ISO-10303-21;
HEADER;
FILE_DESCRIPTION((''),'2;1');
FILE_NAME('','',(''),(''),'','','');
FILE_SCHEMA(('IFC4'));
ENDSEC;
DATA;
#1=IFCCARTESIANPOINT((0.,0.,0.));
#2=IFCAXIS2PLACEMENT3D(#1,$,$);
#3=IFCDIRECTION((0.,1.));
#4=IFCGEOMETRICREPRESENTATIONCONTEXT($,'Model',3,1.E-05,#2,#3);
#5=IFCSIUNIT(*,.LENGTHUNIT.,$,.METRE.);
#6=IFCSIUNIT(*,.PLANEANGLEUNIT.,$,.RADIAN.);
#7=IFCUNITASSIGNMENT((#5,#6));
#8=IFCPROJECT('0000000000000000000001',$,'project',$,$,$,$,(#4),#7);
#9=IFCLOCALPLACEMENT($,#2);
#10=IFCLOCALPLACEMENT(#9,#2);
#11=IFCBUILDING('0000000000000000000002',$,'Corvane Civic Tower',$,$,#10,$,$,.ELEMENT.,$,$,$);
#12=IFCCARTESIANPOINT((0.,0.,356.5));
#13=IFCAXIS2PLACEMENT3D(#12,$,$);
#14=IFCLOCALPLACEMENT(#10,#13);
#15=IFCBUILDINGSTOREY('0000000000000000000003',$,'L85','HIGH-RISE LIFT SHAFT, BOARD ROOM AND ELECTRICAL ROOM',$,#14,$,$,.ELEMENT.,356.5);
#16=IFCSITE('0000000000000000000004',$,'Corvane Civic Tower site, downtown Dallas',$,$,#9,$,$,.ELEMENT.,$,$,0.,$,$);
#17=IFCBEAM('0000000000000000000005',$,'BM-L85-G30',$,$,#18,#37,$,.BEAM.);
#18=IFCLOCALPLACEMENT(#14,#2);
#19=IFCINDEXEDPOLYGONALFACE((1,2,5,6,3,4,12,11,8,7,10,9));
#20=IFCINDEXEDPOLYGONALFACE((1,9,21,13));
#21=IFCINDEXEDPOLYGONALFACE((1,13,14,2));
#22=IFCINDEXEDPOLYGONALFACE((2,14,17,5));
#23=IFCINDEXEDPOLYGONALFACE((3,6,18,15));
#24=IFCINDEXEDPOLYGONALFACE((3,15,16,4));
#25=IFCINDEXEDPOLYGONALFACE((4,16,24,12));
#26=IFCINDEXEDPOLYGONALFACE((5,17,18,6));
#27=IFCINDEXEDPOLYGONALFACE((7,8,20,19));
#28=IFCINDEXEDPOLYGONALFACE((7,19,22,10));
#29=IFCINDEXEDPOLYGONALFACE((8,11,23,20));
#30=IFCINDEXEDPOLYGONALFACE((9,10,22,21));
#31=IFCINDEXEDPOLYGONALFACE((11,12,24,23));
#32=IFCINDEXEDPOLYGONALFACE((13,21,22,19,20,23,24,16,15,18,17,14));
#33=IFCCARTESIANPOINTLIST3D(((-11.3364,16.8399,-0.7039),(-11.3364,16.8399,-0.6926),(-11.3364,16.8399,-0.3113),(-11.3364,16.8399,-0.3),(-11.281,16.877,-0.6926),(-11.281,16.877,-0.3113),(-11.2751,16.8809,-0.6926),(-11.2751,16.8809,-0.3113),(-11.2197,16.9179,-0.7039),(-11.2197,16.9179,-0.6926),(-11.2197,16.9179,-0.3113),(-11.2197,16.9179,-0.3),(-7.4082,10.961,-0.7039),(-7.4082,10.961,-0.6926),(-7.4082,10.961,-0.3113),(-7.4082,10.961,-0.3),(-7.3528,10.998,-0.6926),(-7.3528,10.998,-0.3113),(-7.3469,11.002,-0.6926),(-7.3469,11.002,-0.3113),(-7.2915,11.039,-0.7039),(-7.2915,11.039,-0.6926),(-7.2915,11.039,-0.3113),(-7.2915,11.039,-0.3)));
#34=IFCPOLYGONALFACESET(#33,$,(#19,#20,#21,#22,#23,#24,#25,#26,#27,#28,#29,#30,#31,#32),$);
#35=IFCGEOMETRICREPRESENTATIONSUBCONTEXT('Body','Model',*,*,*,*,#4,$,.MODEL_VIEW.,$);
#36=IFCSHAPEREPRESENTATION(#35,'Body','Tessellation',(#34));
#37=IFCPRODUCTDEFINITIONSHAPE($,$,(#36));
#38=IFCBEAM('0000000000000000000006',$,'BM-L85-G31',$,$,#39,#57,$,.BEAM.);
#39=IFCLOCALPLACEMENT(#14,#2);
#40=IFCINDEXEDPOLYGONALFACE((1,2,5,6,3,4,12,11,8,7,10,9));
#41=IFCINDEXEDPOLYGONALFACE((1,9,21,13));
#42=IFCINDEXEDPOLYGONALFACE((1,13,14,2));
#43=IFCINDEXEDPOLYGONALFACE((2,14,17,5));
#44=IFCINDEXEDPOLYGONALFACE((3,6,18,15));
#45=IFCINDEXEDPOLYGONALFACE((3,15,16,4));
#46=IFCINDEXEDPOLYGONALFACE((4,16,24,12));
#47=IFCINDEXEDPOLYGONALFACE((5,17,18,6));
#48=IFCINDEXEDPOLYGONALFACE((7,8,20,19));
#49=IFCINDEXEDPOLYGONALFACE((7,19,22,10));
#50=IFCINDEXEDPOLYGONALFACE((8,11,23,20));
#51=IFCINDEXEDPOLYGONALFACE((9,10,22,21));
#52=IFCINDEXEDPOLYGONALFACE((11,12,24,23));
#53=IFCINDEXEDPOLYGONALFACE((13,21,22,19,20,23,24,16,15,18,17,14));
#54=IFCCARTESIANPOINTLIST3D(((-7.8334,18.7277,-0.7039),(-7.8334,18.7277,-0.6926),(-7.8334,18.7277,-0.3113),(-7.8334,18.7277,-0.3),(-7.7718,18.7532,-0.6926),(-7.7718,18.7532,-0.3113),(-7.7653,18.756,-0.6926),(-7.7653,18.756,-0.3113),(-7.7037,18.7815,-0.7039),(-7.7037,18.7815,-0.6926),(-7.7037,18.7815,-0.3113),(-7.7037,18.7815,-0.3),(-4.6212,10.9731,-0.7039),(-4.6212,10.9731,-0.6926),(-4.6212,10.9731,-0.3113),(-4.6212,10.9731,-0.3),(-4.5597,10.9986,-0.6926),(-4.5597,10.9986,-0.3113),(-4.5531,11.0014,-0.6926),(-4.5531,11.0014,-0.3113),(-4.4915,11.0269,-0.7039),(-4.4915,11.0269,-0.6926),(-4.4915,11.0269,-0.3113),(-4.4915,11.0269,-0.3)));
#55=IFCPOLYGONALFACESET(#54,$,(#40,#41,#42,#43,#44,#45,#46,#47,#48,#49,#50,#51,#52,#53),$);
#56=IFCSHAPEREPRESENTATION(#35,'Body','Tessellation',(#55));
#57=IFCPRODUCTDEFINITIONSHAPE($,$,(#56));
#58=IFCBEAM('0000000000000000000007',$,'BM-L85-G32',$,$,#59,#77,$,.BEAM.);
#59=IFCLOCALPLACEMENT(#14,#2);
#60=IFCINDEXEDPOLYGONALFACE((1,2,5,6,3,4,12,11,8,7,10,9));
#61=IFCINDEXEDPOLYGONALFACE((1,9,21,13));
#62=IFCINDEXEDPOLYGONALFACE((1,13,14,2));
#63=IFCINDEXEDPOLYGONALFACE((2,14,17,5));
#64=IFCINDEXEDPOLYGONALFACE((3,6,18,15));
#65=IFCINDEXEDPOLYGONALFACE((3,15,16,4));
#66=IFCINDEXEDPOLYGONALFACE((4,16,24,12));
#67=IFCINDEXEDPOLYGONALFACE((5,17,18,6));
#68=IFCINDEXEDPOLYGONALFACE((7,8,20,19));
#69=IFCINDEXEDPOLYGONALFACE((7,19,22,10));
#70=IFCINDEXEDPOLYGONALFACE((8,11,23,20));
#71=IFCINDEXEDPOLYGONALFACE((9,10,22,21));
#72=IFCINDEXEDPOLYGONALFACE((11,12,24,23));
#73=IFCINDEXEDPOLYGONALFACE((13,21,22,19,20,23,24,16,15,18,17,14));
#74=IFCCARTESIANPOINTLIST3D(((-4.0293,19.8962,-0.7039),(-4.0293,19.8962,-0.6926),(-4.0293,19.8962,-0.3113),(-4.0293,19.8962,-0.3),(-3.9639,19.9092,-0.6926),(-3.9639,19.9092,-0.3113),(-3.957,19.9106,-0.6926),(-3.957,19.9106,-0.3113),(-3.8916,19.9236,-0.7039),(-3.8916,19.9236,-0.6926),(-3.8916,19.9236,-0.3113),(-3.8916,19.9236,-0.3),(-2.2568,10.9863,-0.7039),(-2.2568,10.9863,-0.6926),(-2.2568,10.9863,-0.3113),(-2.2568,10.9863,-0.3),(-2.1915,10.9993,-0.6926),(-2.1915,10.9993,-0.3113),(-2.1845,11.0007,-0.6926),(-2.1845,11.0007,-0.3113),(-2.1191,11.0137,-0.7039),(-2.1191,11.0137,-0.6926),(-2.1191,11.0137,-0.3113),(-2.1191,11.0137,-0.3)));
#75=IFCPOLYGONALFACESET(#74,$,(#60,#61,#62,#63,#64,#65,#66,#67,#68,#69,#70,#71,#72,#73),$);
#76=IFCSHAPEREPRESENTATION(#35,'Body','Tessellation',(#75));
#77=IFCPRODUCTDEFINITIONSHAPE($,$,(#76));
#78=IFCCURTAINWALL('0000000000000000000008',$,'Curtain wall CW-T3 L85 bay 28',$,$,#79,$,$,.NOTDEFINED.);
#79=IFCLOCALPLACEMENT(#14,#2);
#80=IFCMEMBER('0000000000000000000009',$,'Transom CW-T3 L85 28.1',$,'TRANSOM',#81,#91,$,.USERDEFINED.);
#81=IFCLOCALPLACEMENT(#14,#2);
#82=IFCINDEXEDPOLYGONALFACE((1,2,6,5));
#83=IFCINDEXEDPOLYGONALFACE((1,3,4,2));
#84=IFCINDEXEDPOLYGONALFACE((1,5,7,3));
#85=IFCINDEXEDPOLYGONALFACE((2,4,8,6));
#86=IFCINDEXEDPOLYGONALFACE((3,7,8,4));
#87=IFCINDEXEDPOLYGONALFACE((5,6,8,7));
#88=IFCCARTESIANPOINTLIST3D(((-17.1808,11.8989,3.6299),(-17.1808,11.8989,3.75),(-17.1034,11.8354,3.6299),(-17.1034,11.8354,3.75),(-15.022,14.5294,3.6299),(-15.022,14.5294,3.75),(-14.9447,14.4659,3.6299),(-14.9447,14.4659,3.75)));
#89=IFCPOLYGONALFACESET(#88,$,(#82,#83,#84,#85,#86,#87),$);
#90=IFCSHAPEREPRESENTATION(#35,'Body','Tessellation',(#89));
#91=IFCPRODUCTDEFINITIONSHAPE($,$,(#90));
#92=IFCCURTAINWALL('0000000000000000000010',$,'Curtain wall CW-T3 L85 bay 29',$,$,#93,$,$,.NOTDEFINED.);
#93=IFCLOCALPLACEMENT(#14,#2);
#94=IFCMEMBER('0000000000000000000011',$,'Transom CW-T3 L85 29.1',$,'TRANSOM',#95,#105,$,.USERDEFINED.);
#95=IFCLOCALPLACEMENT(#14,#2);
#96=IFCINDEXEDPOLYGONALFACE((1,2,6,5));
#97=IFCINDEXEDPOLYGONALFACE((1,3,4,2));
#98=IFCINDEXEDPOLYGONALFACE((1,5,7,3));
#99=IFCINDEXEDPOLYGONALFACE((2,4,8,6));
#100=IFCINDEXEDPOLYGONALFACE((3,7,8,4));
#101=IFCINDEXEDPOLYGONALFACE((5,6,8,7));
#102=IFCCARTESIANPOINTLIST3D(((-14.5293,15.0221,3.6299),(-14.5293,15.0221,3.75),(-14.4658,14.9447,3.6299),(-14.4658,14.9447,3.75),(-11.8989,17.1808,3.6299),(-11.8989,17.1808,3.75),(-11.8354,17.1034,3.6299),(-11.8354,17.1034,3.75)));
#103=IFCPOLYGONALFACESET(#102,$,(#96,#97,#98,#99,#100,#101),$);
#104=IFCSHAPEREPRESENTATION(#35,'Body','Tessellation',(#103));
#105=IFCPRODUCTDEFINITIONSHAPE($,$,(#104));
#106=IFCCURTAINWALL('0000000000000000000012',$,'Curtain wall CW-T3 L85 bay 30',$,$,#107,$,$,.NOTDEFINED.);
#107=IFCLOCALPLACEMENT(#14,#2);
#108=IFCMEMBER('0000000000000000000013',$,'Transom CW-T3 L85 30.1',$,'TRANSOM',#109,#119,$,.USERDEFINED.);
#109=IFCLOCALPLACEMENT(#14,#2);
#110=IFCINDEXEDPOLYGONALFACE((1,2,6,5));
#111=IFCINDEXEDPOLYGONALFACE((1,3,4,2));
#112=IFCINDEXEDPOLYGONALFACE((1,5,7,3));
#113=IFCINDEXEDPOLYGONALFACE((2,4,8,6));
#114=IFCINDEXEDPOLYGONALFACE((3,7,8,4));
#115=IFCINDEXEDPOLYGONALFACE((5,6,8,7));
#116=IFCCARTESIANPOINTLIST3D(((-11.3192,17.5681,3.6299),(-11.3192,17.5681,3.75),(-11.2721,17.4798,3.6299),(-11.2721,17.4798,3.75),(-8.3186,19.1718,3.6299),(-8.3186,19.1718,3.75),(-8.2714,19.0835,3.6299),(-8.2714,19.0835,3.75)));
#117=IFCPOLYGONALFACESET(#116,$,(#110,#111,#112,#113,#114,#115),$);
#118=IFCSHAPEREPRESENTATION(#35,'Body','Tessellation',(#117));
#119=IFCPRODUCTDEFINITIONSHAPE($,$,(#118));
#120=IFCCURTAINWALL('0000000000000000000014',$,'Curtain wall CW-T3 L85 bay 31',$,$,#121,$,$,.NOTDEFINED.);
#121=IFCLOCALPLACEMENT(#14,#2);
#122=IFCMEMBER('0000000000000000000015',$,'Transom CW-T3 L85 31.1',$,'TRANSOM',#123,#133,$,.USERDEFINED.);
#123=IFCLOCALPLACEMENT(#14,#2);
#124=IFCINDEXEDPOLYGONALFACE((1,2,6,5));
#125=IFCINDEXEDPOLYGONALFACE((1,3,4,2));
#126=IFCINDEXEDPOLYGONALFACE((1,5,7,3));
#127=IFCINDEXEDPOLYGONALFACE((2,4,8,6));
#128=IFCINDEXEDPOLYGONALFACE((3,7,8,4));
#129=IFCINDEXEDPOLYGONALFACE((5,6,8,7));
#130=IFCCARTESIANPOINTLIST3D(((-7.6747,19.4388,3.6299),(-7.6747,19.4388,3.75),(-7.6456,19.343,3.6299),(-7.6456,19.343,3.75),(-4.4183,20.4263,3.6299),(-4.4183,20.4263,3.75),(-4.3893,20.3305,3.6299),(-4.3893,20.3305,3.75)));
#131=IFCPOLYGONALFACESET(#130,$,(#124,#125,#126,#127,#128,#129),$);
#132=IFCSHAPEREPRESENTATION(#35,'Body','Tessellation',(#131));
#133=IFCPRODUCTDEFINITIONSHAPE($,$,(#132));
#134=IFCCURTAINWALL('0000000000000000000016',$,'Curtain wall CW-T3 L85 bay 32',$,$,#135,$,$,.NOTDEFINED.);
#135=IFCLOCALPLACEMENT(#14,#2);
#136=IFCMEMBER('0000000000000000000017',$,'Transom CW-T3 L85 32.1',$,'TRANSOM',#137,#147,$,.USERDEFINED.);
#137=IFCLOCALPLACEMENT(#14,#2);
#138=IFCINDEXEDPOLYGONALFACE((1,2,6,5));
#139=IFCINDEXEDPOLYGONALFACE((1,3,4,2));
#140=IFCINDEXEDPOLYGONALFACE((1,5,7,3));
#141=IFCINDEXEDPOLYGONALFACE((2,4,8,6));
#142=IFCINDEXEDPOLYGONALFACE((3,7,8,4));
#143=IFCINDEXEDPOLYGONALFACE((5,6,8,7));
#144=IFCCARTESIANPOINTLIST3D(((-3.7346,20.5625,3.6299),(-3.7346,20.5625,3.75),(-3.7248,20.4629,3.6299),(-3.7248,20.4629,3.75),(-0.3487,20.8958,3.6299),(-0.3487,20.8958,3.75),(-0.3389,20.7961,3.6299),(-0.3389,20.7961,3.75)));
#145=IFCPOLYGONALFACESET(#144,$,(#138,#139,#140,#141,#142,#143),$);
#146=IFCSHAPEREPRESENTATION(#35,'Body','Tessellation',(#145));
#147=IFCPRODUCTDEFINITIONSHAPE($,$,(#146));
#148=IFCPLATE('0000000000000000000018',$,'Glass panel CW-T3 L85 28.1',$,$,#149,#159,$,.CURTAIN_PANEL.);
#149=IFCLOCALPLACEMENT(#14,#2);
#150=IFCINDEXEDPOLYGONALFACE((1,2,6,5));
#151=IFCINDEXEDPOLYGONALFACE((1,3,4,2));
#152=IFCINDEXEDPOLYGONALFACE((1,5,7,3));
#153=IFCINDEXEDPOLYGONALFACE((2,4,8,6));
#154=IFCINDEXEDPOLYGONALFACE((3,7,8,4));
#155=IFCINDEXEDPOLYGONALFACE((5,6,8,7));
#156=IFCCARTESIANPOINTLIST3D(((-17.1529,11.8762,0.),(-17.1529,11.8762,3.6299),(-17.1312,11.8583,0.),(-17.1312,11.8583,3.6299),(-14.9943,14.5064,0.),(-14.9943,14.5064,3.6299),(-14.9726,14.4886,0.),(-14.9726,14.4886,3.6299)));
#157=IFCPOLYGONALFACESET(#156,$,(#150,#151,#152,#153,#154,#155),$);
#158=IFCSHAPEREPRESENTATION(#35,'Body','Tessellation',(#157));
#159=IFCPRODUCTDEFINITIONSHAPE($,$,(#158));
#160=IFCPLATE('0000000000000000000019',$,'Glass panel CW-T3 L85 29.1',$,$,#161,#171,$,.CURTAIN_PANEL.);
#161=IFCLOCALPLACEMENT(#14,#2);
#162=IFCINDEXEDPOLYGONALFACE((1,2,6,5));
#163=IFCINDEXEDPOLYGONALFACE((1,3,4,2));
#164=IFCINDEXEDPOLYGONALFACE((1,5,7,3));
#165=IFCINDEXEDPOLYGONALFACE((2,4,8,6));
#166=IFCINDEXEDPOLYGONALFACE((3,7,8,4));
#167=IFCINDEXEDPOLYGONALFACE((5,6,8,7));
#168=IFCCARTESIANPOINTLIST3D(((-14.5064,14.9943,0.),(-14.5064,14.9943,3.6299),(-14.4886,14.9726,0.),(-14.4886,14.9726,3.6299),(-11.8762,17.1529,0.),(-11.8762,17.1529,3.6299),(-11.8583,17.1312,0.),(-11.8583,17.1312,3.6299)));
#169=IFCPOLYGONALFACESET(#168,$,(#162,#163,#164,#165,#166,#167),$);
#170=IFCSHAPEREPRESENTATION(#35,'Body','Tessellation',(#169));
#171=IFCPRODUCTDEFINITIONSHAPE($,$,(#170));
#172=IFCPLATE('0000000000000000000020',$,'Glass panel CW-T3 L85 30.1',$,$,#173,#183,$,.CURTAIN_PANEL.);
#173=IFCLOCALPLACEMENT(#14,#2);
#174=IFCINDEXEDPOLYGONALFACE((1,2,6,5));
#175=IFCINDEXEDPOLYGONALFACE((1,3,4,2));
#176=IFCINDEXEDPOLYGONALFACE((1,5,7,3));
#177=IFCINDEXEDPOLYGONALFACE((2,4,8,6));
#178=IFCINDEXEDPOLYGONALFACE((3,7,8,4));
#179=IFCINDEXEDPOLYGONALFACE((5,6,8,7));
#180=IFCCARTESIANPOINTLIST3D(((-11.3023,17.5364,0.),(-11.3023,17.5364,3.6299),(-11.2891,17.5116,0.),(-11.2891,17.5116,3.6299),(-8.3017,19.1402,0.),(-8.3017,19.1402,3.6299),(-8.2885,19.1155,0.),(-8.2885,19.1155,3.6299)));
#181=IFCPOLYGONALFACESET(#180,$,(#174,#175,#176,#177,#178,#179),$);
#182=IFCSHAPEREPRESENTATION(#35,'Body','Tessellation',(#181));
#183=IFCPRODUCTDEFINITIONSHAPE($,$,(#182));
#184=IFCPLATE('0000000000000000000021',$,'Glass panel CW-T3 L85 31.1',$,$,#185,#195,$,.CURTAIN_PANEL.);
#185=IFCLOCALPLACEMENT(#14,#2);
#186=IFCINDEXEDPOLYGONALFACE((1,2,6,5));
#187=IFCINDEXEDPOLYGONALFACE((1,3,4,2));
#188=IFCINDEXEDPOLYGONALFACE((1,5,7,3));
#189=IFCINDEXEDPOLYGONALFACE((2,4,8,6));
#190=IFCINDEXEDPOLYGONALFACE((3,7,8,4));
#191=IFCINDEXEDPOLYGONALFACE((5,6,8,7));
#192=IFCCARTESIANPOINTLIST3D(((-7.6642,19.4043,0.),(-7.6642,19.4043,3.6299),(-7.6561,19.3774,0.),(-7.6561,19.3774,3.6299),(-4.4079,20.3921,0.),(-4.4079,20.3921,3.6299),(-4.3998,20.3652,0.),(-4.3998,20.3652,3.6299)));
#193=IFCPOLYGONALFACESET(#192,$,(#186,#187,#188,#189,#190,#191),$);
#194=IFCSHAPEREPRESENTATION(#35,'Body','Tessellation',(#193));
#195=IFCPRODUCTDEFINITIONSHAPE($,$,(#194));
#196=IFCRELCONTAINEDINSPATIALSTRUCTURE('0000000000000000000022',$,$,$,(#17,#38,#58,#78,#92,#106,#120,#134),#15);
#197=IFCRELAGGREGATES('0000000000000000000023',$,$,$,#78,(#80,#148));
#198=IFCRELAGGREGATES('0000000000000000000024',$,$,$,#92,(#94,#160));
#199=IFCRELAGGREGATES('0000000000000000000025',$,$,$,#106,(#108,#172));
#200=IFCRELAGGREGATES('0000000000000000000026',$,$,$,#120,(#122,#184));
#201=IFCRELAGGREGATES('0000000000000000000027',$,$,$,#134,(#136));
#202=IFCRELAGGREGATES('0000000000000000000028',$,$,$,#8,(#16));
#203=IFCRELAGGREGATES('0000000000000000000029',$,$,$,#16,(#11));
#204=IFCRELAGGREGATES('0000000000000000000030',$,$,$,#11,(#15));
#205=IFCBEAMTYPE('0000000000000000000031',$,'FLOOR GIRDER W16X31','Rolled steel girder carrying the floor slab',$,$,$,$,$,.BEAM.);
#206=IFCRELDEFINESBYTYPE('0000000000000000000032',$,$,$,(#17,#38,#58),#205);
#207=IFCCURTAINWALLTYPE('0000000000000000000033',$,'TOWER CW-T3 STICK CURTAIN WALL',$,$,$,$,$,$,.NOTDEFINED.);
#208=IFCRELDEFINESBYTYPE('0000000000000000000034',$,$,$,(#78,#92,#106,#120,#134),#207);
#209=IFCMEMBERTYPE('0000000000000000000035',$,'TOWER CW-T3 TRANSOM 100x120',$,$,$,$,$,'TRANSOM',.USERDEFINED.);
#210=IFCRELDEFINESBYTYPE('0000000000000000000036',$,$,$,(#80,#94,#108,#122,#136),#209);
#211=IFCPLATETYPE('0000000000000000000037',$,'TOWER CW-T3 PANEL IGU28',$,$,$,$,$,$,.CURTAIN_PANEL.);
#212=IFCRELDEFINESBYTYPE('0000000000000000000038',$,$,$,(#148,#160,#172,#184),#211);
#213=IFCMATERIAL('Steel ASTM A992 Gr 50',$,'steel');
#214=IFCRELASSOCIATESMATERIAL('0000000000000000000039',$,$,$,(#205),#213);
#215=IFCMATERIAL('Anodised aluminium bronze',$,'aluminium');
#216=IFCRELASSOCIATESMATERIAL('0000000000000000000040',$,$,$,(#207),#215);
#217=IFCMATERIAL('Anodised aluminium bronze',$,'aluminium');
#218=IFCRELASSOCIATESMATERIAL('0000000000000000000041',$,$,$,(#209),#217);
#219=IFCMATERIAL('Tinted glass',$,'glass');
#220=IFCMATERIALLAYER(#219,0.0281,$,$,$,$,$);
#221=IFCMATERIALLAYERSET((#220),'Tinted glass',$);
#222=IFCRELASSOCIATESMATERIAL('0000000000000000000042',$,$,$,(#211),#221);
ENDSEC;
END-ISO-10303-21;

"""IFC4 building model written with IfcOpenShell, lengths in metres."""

from ifc_helpers import new_model, si_unit, direction, frame, origin, origin_2d, place, context, subcontext, project, spatial, rectangle, i_section, extrude, material, layer, layer_set, material_profile, profile_set, type_object, element, aggregate, save


model = new_model("IFC4")

# Units and contexts
model_context = context("Model", 3, precision=1e-05, world=origin(), true_north=direction((0.0, 1.0)))
body_context = subcontext(model_context, "Body", "Model", "MODEL_VIEW")
ifc_project = project(units=[si_unit("LENGTHUNIT", "METRE"), si_unit("PLANEANGLEUNIT", "RADIAN")], contexts=[model_context])

# Site, building, storey
site_placement = place(None, origin())
site = spatial("IfcSite", under=ifc_project, at=site_placement, Name="Corvane Civic Tower site, downtown Dallas", CompositionType="ELEMENT", RefElevation=0.0)
building_placement = place(site_placement, origin())
building = spatial("IfcBuilding", under=site, at=building_placement, Name="Corvane Civic Tower", CompositionType="ELEMENT")
storey_placement = place(building_placement, frame((0.0, 0.0, 356.5)))
storey = spatial("IfcBuildingStorey", under=building, at=storey_placement, Name="L85", Description="HIGH-RISE LIFT SHAFT, BOARD ROOM AND ELECTRICAL ROOM", CompositionType="ELEMENT", Elevation=356.5)

# Beams
ifc_material_1 = material(Name="Steel ASTM A992 Gr 50", Category="steel")
ifc_material_profile_1 = material_profile(ifc_material_1, i_section(OverallWidth=0.1404, OverallDepth=0.4038, WebThickness=0.0071, FlangeThickness=0.0112, at=origin_2d()), Name="W16X31")
ifc_profile_set_1 = profile_set([ifc_material_profile_1], Name="Steel ASTM A992 Gr 50")
beam_type_1 = type_object("IfcBeamType", Name="FLOOR GIRDER W16X31", Description="Rolled steel girder carrying the floor slab", PredefinedType="BEAM", material=ifc_profile_set_1)
beam_1_placement = place(storey_placement, frame((-7.3499, 11.0, -0.502), z_axis=(-0.555576, 0.831465, 0.0), x_axis=(-0.831465, -0.555576, 0.0)))
element("IfcBeam", 1, at=beam_1_placement, inside=storey, type_object=beam_type_1, Name="BM-L85-G30", PredefinedType="BEAM", context=body_context, shape_type="SweptSolid", body=[
    extrude(i_section(OverallWidth=0.1404, OverallDepth=0.4038, WebThickness=0.0071, FlangeThickness=0.0112, at=origin_2d()), origin(), (0.0, 0.0, 1.0), 7.0706),
])
beam_2_placement = place(storey_placement, frame((-4.5564, 11.0, -0.502), z_axis=(-0.382692, 0.923876, 0.0), x_axis=(-0.923876, -0.382692, 0.0)))
element("IfcBeam", 2, at=beam_2_placement, inside=storey, type_object=beam_type_1, Name="BM-L85-G31", PredefinedType="BEAM", context=body_context, shape_type="SweptSolid", body=[
    extrude(i_section(OverallWidth=0.1404, OverallDepth=0.4038, WebThickness=0.0071, FlangeThickness=0.0112, at=origin_2d()), origin(), (0.0, 0.0, 1.0), 8.3936),
])
beam_3_placement = place(storey_placement, frame((-2.188, 11.0, -0.502), z_axis=(-0.195108, 0.980782, 0.0), x_axis=(-0.980782, -0.195108, 0.0)))
element("IfcBeam", 3, at=beam_3_placement, inside=storey, type_object=beam_type_1, Name="BM-L85-G32", PredefinedType="BEAM", context=body_context, shape_type="SweptSolid", body=[
    extrude(i_section(OverallWidth=0.1404, OverallDepth=0.4038, WebThickness=0.0071, FlangeThickness=0.0112, at=origin_2d()), origin(), (0.0, 0.0, 1.0), 9.0845),
])

# Curtain walls, members
ifc_material_2 = material(Name="Anodised aluminium bronze", Category="aluminium")
curtain_wall_type = type_object("IfcCurtainWallType", Name="TOWER CW-T3 STICK CURTAIN WALL", PredefinedType="NOTDEFINED", material=ifc_material_2)
curtain_wall_1_placement = place(storey_placement, origin())
curtain_wall_1 = element("IfcCurtainWall", 4, at=curtain_wall_1_placement, inside=storey, type_object=curtain_wall_type, Name="Curtain wall CW-T3 L85 bay 28", PredefinedType="NOTDEFINED")
ifc_material_3 = material(Name="Anodised aluminium bronze", Category="aluminium")
ifc_material_profile_2 = material_profile(ifc_material_3, rectangle(XDim=0.1001, YDim=0.1201, at=origin_2d()), Name="TOWER CW-T3 TRANSOM 100x120")
ifc_profile_set_2 = profile_set([ifc_material_profile_2], Name="Anodised aluminium bronze")
member_type = type_object("IfcMemberType", Name="TOWER CW-T3 TRANSOM 100x120", ElementType="TRANSOM", PredefinedType="USERDEFINED", material=ifc_profile_set_2)
member_1_placement = place(storey_placement, frame((-17.1421, 11.8672, 3.6899), z_axis=(0.634394, 0.77301, 0.0), x_axis=(-0.77301, 0.634394, 0.0)))
member_1 = element("IfcMember", 5, at=member_1_placement, type_object=member_type, Name="Transom CW-T3 L85 28.1", ObjectType="TRANSOM", PredefinedType="USERDEFINED", context=body_context, shape_type="SweptSolid", body=[
    extrude(rectangle(XDim=0.1001, YDim=0.1201, at=origin_2d()), origin(), (0.0, 0.0, 1.0), 3.4028),
])
curtain_wall_2_placement = place(storey_placement, origin())
curtain_wall_2 = element("IfcCurtainWall", 6, at=curtain_wall_2_placement, inside=storey, type_object=curtain_wall_type, Name="Curtain wall CW-T3 L85 bay 29", PredefinedType="NOTDEFINED")
member_2_placement = place(storey_placement, frame((-14.4976, 14.9834, 3.6899), z_axis=(0.77301, 0.634394, 0.0), x_axis=(-0.634394, 0.77301, 0.0)))
member_2 = element("IfcMember", 7, at=member_2_placement, type_object=member_type, Name="Transom CW-T3 L85 29.1", ObjectType="TRANSOM", PredefinedType="USERDEFINED", context=body_context, shape_type="SweptSolid", body=[
    extrude(rectangle(XDim=0.1001, YDim=0.1201, at=origin_2d()), origin(), (0.0, 0.0, 1.0), 3.4028),
])
curtain_wall_3_placement = place(storey_placement, origin())
curtain_wall_3 = element("IfcCurtainWall", 8, at=curtain_wall_3_placement, inside=storey, type_object=curtain_wall_type, Name="Curtain wall CW-T3 L85 bay 30", PredefinedType="NOTDEFINED")
member_3_placement = place(storey_placement, frame((-11.2957, 17.5239, 3.6899), z_axis=(0.881941, 0.471359, 0.0), x_axis=(-0.471359, 0.881941, 0.0)))
member_3 = element("IfcMember", 9, at=member_3_placement, type_object=member_type, Name="Transom CW-T3 L85 30.1", ObjectType="TRANSOM", PredefinedType="USERDEFINED", context=body_context, shape_type="SweptSolid", body=[
    extrude(rectangle(XDim=0.1001, YDim=0.1201, at=origin_2d()), origin(), (0.0, 0.0, 1.0), 3.4023),
])
curtain_wall_4_placement = place(storey_placement, origin())
curtain_wall_4 = element("IfcCurtainWall", 10, at=curtain_wall_4_placement, inside=storey, type_object=curtain_wall_type, Name="Curtain wall CW-T3 L85 bay 31", PredefinedType="NOTDEFINED")
member_4_placement = place(storey_placement, frame((-7.6602, 19.3909, 3.6899), z_axis=(0.956961, 0.290216, 0.0), x_axis=(-0.290216, 0.956961, 0.0)))
member_4 = element("IfcMember", 11, at=member_4_placement, type_object=member_type, Name="Transom CW-T3 L85 31.1", ObjectType="TRANSOM", PredefinedType="USERDEFINED", context=body_context, shape_type="SweptSolid", body=[
    extrude(rectangle(XDim=0.1001, YDim=0.1201, at=origin_2d()), origin(), (0.0, 0.0, 1.0), 3.4028),
])
curtain_wall_5_placement = place(storey_placement, origin())
curtain_wall_5 = element("IfcCurtainWall", 12, at=curtain_wall_5_placement, inside=storey, type_object=curtain_wall_type, Name="Curtain wall CW-T3 L85 bay 32", PredefinedType="NOTDEFINED")
member_5_placement = place(storey_placement, frame((-3.7297, 20.5127, 3.6899), z_axis=(0.995192, 0.097948, 0.0), x_axis=(-0.097948, 0.995192, 0.0)))
member_5 = element("IfcMember", 13, at=member_5_placement, type_object=member_type, Name="Transom CW-T3 L85 32.1", ObjectType="TRANSOM", PredefinedType="USERDEFINED", context=body_context, shape_type="SweptSolid", body=[
    extrude(rectangle(XDim=0.1001, YDim=0.1201, at=origin_2d()), origin(), (0.0, 0.0, 1.0), 3.4023),
])

# Plates
ifc_material_4 = material(Name="Tinted glass", Category="glass")
ifc_layer_1 = layer(ifc_material_4, 0.0281)
ifc_layer_set_1 = layer_set([ifc_layer_1], Name="Tinted glass")
plate_type = type_object("IfcPlateType", Name="TOWER CW-T3 PANEL IGU28", PredefinedType="CURTAIN_PANEL", material=ifc_layer_set_1)
plate_1_placement = place(storey_placement, frame((-16.0627, 13.1824, 0.0), z_axis=(0.0, 0.0, 1.0), x_axis=(0.634393, 0.77301, 0.0)))
plate_1 = element("IfcPlate", 14, at=plate_1_placement, type_object=plate_type, Name="Glass panel CW-T3 L85 28.1", PredefinedType="CURTAIN_PANEL", context=body_context, shape_type="SweptSolid", body=[
    extrude(rectangle(XDim=3.4026, YDim=0.0281, at=origin_2d()), origin(), (0.0, 0.0, 1.0), 3.6299),
])
aggregate(curtain_wall_1, [member_1, plate_1])
plate_2_placement = place(storey_placement, frame((-13.1824, 16.0627, 0.0), z_axis=(0.0, 0.0, 1.0), x_axis=(0.77301, 0.634393, 0.0)))
plate_2 = element("IfcPlate", 15, at=plate_2_placement, type_object=plate_type, Name="Glass panel CW-T3 L85 29.1", PredefinedType="CURTAIN_PANEL", context=body_context, shape_type="SweptSolid", body=[
    extrude(rectangle(XDim=3.4026, YDim=0.0281, at=origin_2d()), origin(), (0.0, 0.0, 1.0), 3.6299),
])
aggregate(curtain_wall_2, [member_2, plate_2])
plate_3_placement = place(storey_placement, frame((-9.7954, 18.3259, 0.0), z_axis=(0.0, 0.0, 1.0), x_axis=(0.881928, 0.471384, 0.0)))
plate_3 = element("IfcPlate", 16, at=plate_3_placement, type_object=plate_type, Name="Glass panel CW-T3 L85 30.1", PredefinedType="CURTAIN_PANEL", context=body_context, shape_type="SweptSolid", body=[
    extrude(rectangle(XDim=3.4023, YDim=0.0281, at=origin_2d()), origin(), (0.0, 0.0, 1.0), 3.6299),
])
aggregate(curtain_wall_3, [member_3, plate_3])
plate_4_placement = place(storey_placement, frame((-6.032, 19.8848, 0.0), z_axis=(0.0, 0.0, 1.0), x_axis=(0.956939, 0.29029, 0.0)))
plate_4 = element("IfcPlate", 17, at=plate_4_placement, type_object=plate_type, Name="Glass panel CW-T3 L85 31.1", PredefinedType="CURTAIN_PANEL", context=body_context, shape_type="SweptSolid", body=[
    extrude(rectangle(XDim=3.4028, YDim=0.0281, at=origin_2d()), origin(), (0.0, 0.0, 1.0), 3.6299),
])
aggregate(curtain_wall_4, [member_4, plate_4])
aggregate(curtain_wall_5, [member_5])

save(model, "model.ifc")
